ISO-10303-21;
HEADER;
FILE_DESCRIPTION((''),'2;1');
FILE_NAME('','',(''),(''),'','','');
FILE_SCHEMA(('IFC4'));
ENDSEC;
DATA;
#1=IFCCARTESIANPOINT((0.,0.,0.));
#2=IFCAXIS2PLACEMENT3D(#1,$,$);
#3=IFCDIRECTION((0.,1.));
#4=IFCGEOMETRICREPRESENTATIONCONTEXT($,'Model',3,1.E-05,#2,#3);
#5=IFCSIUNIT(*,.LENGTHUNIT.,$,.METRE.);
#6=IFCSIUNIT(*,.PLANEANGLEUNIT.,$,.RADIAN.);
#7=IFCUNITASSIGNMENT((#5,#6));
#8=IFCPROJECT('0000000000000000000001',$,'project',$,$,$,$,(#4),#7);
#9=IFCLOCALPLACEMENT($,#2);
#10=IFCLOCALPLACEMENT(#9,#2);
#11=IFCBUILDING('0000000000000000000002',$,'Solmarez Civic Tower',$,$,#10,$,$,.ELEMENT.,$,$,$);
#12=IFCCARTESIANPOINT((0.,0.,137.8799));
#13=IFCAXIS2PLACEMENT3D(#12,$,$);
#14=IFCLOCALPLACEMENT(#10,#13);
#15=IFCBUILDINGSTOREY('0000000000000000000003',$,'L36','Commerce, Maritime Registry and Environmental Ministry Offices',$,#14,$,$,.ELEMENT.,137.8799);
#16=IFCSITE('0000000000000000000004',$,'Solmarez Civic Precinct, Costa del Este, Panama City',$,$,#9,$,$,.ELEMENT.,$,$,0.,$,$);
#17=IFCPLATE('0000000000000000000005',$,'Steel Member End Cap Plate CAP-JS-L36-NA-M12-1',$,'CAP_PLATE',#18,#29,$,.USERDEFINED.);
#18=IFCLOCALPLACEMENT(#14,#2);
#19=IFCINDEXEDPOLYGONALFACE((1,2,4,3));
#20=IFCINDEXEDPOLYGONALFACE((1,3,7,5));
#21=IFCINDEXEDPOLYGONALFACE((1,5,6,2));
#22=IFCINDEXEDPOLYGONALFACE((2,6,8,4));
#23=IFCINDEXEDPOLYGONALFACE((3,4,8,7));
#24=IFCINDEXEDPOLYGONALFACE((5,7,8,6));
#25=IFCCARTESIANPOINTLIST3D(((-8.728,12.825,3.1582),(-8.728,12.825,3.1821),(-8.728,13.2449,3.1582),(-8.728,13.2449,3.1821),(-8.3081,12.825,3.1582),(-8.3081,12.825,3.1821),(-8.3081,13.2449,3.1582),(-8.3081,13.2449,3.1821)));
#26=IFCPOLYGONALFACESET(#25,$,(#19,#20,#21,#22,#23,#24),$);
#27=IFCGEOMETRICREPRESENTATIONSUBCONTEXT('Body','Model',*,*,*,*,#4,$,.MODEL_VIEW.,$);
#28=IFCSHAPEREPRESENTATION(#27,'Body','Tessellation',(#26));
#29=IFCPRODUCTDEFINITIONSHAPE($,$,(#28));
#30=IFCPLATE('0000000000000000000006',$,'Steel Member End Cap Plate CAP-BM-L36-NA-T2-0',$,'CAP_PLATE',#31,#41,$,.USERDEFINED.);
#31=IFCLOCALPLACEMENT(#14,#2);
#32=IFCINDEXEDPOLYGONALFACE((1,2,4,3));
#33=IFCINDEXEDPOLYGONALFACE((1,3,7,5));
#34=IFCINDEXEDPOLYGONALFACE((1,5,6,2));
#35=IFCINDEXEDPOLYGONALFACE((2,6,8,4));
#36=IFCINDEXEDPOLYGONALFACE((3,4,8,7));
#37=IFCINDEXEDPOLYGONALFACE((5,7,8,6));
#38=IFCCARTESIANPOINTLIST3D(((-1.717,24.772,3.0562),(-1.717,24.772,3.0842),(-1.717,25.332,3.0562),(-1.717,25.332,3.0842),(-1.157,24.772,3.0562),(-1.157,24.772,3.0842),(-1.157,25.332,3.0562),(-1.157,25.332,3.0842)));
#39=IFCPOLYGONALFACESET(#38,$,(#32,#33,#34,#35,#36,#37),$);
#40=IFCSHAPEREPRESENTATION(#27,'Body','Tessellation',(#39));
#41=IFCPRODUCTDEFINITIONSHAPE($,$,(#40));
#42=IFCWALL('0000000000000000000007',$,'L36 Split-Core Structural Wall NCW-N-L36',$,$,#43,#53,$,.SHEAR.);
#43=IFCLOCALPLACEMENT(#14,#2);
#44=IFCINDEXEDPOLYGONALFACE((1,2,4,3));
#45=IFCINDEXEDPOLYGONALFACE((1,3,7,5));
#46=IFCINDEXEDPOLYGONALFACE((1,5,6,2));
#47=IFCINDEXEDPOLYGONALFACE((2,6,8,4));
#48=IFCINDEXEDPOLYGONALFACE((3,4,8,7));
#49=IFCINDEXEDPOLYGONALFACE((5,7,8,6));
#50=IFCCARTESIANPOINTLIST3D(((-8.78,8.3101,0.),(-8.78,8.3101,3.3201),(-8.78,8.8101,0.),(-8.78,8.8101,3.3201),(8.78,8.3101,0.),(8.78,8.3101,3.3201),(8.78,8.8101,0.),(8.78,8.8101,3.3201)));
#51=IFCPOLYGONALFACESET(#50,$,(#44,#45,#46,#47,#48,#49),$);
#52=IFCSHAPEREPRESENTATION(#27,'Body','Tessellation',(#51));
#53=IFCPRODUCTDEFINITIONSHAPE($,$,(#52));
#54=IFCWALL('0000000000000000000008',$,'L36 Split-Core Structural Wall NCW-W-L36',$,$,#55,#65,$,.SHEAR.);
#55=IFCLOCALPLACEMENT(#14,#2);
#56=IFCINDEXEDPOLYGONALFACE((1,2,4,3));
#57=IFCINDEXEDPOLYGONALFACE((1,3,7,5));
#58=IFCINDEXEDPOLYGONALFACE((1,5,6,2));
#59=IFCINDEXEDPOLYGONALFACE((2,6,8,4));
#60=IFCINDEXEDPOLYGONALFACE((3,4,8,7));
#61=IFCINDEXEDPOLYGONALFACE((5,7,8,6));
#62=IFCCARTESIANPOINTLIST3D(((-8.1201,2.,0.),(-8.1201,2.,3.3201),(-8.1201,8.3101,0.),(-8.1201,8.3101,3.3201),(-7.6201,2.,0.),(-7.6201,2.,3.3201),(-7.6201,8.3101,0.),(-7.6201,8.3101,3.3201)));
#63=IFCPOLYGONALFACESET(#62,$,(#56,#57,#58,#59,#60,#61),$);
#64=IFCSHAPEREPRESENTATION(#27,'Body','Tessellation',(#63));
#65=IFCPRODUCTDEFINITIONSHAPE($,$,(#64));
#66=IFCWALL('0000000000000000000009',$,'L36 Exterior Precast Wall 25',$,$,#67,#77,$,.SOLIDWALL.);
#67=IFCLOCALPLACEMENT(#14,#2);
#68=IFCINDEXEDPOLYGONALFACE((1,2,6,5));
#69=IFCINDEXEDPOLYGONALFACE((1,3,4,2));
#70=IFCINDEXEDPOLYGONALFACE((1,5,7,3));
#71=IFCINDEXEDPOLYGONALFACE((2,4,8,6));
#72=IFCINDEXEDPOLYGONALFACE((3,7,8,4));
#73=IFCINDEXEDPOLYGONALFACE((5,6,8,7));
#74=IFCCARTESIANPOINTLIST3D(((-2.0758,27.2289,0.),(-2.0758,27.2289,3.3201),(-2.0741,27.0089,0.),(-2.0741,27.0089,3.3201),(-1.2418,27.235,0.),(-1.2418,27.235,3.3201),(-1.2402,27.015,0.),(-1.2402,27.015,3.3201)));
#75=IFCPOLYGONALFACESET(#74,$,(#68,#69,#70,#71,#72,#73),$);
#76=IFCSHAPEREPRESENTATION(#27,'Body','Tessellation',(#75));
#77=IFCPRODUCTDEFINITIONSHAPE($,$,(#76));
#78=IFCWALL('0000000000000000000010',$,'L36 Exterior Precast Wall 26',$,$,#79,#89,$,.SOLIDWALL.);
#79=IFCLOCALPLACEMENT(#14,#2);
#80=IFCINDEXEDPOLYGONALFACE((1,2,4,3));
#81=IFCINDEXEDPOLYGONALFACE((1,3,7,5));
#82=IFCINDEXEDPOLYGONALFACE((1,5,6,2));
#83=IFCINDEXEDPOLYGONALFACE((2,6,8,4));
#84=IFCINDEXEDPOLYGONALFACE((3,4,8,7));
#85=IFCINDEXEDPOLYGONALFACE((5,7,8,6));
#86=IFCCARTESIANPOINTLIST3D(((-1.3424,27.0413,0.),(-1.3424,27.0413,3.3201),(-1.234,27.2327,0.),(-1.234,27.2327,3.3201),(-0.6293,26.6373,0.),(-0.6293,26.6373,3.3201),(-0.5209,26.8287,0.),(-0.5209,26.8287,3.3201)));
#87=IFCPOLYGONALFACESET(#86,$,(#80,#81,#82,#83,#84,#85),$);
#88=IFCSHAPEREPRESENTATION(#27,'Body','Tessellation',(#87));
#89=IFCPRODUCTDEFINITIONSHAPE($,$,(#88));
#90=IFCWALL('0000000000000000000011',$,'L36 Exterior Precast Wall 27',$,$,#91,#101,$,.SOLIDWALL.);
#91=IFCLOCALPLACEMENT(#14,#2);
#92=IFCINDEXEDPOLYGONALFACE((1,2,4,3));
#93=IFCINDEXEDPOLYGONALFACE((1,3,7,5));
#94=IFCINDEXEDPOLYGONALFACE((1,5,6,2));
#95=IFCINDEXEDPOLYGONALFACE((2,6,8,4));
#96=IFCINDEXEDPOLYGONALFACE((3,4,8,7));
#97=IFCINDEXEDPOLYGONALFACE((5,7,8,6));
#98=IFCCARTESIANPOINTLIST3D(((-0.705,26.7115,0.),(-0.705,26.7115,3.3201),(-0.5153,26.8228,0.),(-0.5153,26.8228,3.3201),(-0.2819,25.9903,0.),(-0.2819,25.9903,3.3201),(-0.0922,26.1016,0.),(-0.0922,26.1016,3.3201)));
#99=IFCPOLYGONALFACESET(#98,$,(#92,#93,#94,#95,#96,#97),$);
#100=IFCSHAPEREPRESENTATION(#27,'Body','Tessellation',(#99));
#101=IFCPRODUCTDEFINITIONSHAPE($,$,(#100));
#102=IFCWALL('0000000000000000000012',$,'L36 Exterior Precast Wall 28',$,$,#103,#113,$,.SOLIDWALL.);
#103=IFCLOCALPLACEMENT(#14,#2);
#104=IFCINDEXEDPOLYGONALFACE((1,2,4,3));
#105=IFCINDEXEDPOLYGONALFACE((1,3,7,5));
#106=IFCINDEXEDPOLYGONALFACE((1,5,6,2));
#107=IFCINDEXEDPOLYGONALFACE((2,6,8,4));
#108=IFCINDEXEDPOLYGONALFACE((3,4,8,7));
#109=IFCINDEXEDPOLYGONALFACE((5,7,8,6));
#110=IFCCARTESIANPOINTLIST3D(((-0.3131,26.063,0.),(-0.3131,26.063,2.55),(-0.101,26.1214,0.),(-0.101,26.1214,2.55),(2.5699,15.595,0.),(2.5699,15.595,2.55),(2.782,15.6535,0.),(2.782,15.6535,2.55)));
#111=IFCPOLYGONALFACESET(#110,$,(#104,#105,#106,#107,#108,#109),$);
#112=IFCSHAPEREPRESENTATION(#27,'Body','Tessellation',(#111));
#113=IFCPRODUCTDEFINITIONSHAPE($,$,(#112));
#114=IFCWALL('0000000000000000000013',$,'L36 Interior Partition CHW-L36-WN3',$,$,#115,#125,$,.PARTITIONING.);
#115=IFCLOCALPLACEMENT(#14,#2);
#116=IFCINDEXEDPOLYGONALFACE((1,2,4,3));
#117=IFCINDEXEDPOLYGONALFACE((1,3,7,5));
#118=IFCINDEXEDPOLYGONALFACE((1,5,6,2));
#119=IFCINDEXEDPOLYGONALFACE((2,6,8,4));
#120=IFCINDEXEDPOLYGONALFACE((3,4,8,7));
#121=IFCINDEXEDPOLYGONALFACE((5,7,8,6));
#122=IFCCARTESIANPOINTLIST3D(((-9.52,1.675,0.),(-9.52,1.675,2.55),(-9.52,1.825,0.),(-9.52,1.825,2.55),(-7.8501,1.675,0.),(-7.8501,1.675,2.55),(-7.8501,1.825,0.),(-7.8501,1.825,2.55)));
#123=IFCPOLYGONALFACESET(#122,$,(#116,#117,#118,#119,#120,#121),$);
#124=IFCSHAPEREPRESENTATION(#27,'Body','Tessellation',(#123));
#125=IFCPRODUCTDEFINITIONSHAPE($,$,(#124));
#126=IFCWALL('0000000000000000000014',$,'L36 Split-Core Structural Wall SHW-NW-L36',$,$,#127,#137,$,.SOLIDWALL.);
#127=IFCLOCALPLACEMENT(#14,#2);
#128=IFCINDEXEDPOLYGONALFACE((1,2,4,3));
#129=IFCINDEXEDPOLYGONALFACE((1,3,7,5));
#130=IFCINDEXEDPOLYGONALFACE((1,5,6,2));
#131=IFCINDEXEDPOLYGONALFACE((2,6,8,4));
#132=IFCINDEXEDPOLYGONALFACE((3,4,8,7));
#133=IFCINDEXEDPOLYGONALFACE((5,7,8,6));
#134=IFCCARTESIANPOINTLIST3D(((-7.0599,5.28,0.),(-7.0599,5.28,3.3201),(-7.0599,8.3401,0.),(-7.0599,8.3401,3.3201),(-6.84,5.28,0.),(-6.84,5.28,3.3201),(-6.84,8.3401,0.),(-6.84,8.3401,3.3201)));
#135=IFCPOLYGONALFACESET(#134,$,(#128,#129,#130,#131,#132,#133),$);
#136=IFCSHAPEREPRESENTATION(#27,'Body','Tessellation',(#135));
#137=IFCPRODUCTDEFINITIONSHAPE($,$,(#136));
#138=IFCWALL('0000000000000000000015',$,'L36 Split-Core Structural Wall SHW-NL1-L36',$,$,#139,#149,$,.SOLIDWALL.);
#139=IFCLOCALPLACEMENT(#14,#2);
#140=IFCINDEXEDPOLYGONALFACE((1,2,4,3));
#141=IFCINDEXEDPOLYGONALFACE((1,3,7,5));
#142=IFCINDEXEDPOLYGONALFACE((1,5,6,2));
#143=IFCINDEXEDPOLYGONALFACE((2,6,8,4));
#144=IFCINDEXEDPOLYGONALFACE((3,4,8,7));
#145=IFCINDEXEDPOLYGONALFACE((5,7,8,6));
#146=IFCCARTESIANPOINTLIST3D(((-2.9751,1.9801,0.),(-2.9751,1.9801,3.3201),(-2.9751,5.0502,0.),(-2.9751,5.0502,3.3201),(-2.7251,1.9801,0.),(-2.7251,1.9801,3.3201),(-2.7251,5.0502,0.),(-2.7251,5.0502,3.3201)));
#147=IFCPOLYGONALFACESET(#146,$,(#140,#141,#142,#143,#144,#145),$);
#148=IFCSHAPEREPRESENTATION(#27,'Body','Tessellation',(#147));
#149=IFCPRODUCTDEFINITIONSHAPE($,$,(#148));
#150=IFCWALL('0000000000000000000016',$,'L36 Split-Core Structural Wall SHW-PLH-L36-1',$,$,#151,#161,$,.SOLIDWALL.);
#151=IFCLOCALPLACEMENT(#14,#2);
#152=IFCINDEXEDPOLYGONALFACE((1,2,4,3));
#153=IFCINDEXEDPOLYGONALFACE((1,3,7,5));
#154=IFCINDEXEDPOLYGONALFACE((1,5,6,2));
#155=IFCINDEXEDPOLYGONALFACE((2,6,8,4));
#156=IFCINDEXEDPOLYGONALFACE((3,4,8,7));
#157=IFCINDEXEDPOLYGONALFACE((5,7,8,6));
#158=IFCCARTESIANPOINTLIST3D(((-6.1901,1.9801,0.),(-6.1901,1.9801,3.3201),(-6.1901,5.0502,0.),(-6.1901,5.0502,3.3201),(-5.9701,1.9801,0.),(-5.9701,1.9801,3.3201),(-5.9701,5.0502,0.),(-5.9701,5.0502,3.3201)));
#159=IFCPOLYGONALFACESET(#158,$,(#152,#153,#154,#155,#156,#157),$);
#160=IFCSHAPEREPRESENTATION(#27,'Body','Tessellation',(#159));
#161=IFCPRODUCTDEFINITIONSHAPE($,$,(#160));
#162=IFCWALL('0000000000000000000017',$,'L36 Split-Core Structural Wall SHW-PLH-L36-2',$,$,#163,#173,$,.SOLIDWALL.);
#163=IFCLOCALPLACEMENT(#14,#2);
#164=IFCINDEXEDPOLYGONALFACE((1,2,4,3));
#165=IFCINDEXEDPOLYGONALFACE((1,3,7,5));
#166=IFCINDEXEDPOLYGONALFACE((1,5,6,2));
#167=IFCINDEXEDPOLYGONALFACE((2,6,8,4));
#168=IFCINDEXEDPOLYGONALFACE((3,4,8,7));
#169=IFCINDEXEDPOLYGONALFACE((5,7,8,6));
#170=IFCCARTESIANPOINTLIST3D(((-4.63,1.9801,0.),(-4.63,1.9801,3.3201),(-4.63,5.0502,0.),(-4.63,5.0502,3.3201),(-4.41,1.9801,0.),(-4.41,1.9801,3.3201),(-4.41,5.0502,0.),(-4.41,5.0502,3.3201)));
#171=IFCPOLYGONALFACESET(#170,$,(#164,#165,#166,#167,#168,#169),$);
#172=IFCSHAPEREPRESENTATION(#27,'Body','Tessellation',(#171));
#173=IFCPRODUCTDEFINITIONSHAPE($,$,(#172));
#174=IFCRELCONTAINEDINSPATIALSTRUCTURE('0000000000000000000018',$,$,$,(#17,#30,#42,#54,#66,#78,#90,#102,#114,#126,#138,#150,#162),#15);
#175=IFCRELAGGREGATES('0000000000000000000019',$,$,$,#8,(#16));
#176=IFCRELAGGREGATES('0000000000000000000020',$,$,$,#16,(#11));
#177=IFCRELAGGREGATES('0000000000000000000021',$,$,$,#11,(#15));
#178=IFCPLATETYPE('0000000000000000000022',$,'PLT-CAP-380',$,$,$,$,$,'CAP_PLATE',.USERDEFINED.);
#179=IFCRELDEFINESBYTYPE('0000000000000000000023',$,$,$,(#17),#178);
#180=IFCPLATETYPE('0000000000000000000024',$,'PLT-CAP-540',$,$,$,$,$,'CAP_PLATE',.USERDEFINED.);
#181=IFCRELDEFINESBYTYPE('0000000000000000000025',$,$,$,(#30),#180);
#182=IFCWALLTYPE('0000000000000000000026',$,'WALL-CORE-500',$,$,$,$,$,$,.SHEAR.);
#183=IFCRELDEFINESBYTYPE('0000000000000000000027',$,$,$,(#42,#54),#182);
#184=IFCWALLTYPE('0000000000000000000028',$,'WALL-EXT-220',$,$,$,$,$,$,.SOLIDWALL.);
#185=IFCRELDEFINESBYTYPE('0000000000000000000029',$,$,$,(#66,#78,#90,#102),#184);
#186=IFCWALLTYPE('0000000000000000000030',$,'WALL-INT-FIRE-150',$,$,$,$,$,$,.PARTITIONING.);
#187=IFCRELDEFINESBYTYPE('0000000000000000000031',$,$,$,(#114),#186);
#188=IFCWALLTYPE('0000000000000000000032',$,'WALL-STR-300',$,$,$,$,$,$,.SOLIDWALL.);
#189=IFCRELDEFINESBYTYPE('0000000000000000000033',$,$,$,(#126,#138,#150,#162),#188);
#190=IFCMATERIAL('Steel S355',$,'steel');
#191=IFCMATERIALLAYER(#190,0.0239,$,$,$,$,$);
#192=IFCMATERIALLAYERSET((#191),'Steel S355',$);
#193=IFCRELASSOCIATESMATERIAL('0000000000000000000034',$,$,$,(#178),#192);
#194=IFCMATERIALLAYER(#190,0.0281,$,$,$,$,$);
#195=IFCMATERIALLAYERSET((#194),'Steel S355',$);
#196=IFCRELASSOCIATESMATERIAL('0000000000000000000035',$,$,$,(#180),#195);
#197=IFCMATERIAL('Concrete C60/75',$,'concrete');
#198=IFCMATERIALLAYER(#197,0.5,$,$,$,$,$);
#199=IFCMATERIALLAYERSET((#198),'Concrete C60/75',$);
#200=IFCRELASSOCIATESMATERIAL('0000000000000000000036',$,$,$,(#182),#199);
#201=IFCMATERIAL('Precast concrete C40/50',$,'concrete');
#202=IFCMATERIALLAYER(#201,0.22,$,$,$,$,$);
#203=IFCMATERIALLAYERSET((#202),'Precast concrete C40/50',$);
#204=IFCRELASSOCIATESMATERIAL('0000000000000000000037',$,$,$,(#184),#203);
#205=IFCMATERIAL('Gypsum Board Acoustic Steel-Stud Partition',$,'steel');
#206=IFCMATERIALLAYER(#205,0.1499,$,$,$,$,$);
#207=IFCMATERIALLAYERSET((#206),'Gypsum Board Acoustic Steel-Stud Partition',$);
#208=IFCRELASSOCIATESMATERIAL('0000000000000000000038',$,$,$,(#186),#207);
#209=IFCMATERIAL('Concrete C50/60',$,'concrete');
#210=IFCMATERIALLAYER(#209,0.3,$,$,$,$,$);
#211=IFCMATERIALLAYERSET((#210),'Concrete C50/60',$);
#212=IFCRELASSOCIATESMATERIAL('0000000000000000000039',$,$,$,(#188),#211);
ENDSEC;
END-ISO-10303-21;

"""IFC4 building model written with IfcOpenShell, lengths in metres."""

from ifc_helpers import new_model, si_unit, direction, frame, frame_2d, origin, origin_2d, place, context, subcontext, project, spatial, rectangle, extrude, material, layer, layer_set, type_object, element, save


model = new_model("IFC4")

# Units and contexts
model_context = context("Model", 3, precision=1e-05, world=origin(), true_north=direction((0.0, 1.0)))
body_context = subcontext(model_context, "Body", "Model", "MODEL_VIEW")
ifc_project = project(units=[si_unit("LENGTHUNIT", "METRE"), si_unit("PLANEANGLEUNIT", "RADIAN")], contexts=[model_context])

# Site, building, storey
site_placement = place(None, origin())
site = spatial("IfcSite", under=ifc_project, at=site_placement, Name="Solmarez Civic Precinct, Costa del Este, Panama City", CompositionType="ELEMENT", RefElevation=0.0)
building_placement = place(site_placement, origin())
building = spatial("IfcBuilding", under=site, at=building_placement, Name="Solmarez Civic Tower", CompositionType="ELEMENT")
storey_placement = place(building_placement, frame((0.0, 0.0, 137.8799)))
storey = spatial("IfcBuildingStorey", under=building, at=storey_placement, Name="L36", Description="Commerce, Maritime Registry and Environmental Ministry Offices", CompositionType="ELEMENT", Elevation=137.8799)

# Shared definitions
ifc_material_1 = material(Name="Concrete C50/60", Category="concrete")

# Shared definitions
ifc_material_2 = material(Name="Steel S355", Category="steel")

# Plates
ifc_layer_1 = layer(ifc_material_2, 0.0239)
ifc_layer_set_1 = layer_set([ifc_layer_1], Name="Steel S355")
plate_type_1 = type_object("IfcPlateType", Name="PLT-CAP-380", ElementType="CAP_PLATE", PredefinedType="USERDEFINED", material=ifc_layer_set_1)
for number, where, z_axis, x_axis, name in (
    (1, (-8.5181, 13.0349, 3.1582), (0.0, 0.0, 1.0), (1.0, 0.0, 0.0), "Steel Member End Cap Plate CAP-JS-L36-NA-M12-1"),
):
    element("IfcPlate", number, at=place(storey_placement, frame(where, z_axis=z_axis, x_axis=x_axis)), inside=storey, type_object=plate_type_1, Name=name, ObjectType="CAP_PLATE", PredefinedType="USERDEFINED", context=body_context, shape_type="SweptSolid", body=[
        extrude(rectangle(XDim=0.4199, YDim=0.4199, at=origin_2d()), origin(), (0.0, 0.0, 1.0), 0.0239),
    ])
ifc_layer_2 = layer(ifc_material_2, 0.0281)
ifc_layer_set_2 = layer_set([ifc_layer_2], Name="Steel S355")
plate_type_2 = type_object("IfcPlateType", Name="PLT-CAP-540", ElementType="CAP_PLATE", PredefinedType="USERDEFINED", material=ifc_layer_set_2)
plate_placement = place(storey_placement, frame((-1.437, 25.052, 3.0562), z_axis=(0.0, 0.0, 1.0), x_axis=(1.0, 0.0, 0.0)))
element("IfcPlate", 2, at=plate_placement, inside=storey, type_object=plate_type_2, Name="Steel Member End Cap Plate CAP-BM-L36-NA-T2-0", ObjectType="CAP_PLATE", PredefinedType="USERDEFINED", context=body_context, shape_type="SweptSolid", body=[
    extrude(rectangle(XDim=0.5601, YDim=0.5601, at=origin_2d()), origin(), (0.0, 0.0, 1.0), 0.0281),
])

# Walls
ifc_material_3 = material(Name="Concrete C60/75", Category="concrete")
ifc_layer_3 = layer(ifc_material_3, 0.5)
ifc_layer_set_3 = layer_set([ifc_layer_3], Name="Concrete C60/75")
wall_type_1 = type_object("IfcWallType", Name="WALL-CORE-500", PredefinedType="SHEAR", material=ifc_layer_set_3)
wall_1_placement = place(storey_placement, frame((-8.78, 8.5601, 0.0), z_axis=(0.0, 0.0, 1.0), x_axis=(1.0, 0.0, 0.0)))
element("IfcWall", 3, at=wall_1_placement, inside=storey, type_object=wall_type_1, Name="L36 Split-Core Structural Wall NCW-N-L36", PredefinedType="SHEAR", context=body_context, shape_type="SweptSolid", body=[
    extrude(rectangle(XDim=17.5601, YDim=0.5, at=frame_2d((8.78, 0.0))), origin(), (0.0, 0.0, 1.0), 3.3201),
])
wall_2_placement = place(storey_placement, frame((-7.8701, 2.0, 0.0), z_axis=(0.0, 0.0, 1.0), x_axis=(0.0, 1.0, 0.0)))
element("IfcWall", 4, at=wall_2_placement, inside=storey, type_object=wall_type_1, Name="L36 Split-Core Structural Wall NCW-W-L36", PredefinedType="SHEAR", context=body_context, shape_type="SweptSolid", body=[
    extrude(rectangle(XDim=6.3101, YDim=0.5, at=frame_2d((3.155, 0.0))), origin(), (0.0, 0.0, 1.0), 3.3201),
])
ifc_material_4 = material(Name="Precast concrete C40/50", Category="concrete")
ifc_layer_4 = layer(ifc_material_4, 0.22)
ifc_layer_set_4 = layer_set([ifc_layer_4], Name="Precast concrete C40/50")
wall_type_2 = type_object("IfcWallType", Name="WALL-EXT-220", PredefinedType="SOLIDWALL", material=ifc_layer_set_4)
wall_3_placement = place(storey_placement, frame((-2.075, 27.1189, 0.0), z_axis=(0.0, 0.0, 1.0), x_axis=(0.999973, 0.007318, 0.0)))
element("IfcWall", 5, at=wall_3_placement, inside=storey, type_object=wall_type_2, Name="L36 Exterior Precast Wall 25", PredefinedType="SOLIDWALL", context=body_context, shape_type="SweptSolid", body=[
    extrude(rectangle(XDim=0.834, YDim=0.22, at=frame_2d((0.417, 0.0))), origin(), (0.0, 0.0, 1.0), 3.3201),
])
wall_4_placement = place(storey_placement, frame((-1.2881, 27.137, 0.0), z_axis=(0.0, 0.0, 1.0), x_axis=(0.870052, -0.49296, 0.0)))
element("IfcWall", 6, at=wall_4_placement, inside=storey, type_object=wall_type_2, Name="L36 Exterior Precast Wall 26", PredefinedType="SOLIDWALL", context=body_context, shape_type="SweptSolid", body=[
    extrude(rectangle(XDim=0.8196, YDim=0.22, at=frame_2d((0.4097, 0.0))), origin(), (0.0, 0.0, 1.0), 3.3201),
])
wall_5_placement = place(storey_placement, frame((-0.6101, 26.7671, 0.0), z_axis=(0.0, 0.0, 1.0), x_axis=(0.506012, -0.862527, 0.0)))
element("IfcWall", 7, at=wall_5_placement, inside=storey, type_object=wall_type_2, Name="L36 Exterior Precast Wall 27", PredefinedType="SOLIDWALL", context=body_context, shape_type="SweptSolid", body=[
    extrude(rectangle(XDim=0.8362, YDim=0.22, at=frame_2d((0.418, 0.0))), origin(), (0.0, 0.0, 1.0), 3.3201),
])
wall_6_placement = place(storey_placement, frame((-0.207, 26.092, 0.0), z_axis=(0.0, 0.0, 1.0), x_axis=(0.265529, -0.964103, 0.0)))
element("IfcWall", 8, at=wall_6_placement, inside=storey, type_object=wall_type_2, Name="L36 Exterior Precast Wall 28", PredefinedType="SOLIDWALL", context=body_context, shape_type="SweptSolid", body=[
    extrude(rectangle(XDim=10.8577, YDim=0.22, at=frame_2d((5.4287, 0.0))), origin(), (0.0, 0.0, 1.0), 2.55),
])
ifc_material_5 = material(Name="Gypsum Board Acoustic Steel-Stud Partition", Category="steel")
ifc_layer_5 = layer(ifc_material_5, 0.1499)
ifc_layer_set_5 = layer_set([ifc_layer_5], Name="Gypsum Board Acoustic Steel-Stud Partition")
wall_type_3 = type_object("IfcWallType", Name="WALL-INT-FIRE-150", PredefinedType="PARTITIONING", material=ifc_layer_set_5)
wall_7_placement = place(storey_placement, frame((-7.8501, 1.75, 0.0), z_axis=(0.0, 0.0, 1.0), x_axis=(-1.0, 0.0, 0.0)))
element("IfcWall", 9, at=wall_7_placement, inside=storey, type_object=wall_type_3, Name="L36 Interior Partition CHW-L36-WN3", PredefinedType="PARTITIONING", context=body_context, shape_type="SweptSolid", body=[
    extrude(rectangle(XDim=1.6699, YDim=0.1499, at=frame_2d((0.835, 0.0))), origin(), (0.0, 0.0, 1.0), 2.55),
])
ifc_layer_6 = layer(ifc_material_1, 0.3)
ifc_layer_set_6 = layer_set([ifc_layer_6], Name="Concrete C50/60")
wall_type_4 = type_object("IfcWallType", Name="WALL-STR-300", PredefinedType="SOLIDWALL", material=ifc_layer_set_6)
wall_8_placement = place(storey_placement, frame((-6.95, 5.28, 0.0), z_axis=(0.0, 0.0, 1.0), x_axis=(0.0, 1.0, 0.0)))
element("IfcWall", 10, at=wall_8_placement, inside=storey, type_object=wall_type_4, Name="L36 Split-Core Structural Wall SHW-NW-L36", PredefinedType="SOLIDWALL", context=body_context, shape_type="SweptSolid", body=[
    extrude(rectangle(XDim=3.0601, YDim=0.22, at=frame_2d((1.53, 0.0))), origin(), (0.0, 0.0, 1.0), 3.3201),
])
wall_9_placement = place(storey_placement, frame((-2.8501, 1.98, 0.0), z_axis=(0.0, 0.0, 1.0), x_axis=(0.0, 1.0, 0.0)))
element("IfcWall", 11, at=wall_9_placement, inside=storey, type_object=wall_type_4, Name="L36 Split-Core Structural Wall SHW-NL1-L36", PredefinedType="SOLIDWALL", context=body_context, shape_type="SweptSolid", body=[
    extrude(rectangle(XDim=3.0701, YDim=0.25, at=frame_2d((1.5352, 0.0))), origin(), (0.0, 0.0, 1.0), 3.3201),
])
for number, where, z_axis, x_axis, name in (
    (12, (-6.0801, 1.98, 0.0), (0.0, 0.0, 1.0), (0.0, 1.0, 0.0), "L36 Split-Core Structural Wall SHW-PLH-L36-1"),
    (13, (-4.52, 1.98, 0.0), (0.0, 0.0, 1.0), (0.0, 1.0, 0.0), "L36 Split-Core Structural Wall SHW-PLH-L36-2"),
):
    element("IfcWall", number, at=place(storey_placement, frame(where, z_axis=z_axis, x_axis=x_axis)), inside=storey, type_object=wall_type_4, Name=name, PredefinedType="SOLIDWALL", context=body_context, shape_type="SweptSolid", body=[
        extrude(rectangle(XDim=3.0701, YDim=0.22, at=frame_2d((1.5352, 0.0))), origin(), (0.0, 0.0, 1.0), 3.3201),
    ])

save(model, "model.ifc")
